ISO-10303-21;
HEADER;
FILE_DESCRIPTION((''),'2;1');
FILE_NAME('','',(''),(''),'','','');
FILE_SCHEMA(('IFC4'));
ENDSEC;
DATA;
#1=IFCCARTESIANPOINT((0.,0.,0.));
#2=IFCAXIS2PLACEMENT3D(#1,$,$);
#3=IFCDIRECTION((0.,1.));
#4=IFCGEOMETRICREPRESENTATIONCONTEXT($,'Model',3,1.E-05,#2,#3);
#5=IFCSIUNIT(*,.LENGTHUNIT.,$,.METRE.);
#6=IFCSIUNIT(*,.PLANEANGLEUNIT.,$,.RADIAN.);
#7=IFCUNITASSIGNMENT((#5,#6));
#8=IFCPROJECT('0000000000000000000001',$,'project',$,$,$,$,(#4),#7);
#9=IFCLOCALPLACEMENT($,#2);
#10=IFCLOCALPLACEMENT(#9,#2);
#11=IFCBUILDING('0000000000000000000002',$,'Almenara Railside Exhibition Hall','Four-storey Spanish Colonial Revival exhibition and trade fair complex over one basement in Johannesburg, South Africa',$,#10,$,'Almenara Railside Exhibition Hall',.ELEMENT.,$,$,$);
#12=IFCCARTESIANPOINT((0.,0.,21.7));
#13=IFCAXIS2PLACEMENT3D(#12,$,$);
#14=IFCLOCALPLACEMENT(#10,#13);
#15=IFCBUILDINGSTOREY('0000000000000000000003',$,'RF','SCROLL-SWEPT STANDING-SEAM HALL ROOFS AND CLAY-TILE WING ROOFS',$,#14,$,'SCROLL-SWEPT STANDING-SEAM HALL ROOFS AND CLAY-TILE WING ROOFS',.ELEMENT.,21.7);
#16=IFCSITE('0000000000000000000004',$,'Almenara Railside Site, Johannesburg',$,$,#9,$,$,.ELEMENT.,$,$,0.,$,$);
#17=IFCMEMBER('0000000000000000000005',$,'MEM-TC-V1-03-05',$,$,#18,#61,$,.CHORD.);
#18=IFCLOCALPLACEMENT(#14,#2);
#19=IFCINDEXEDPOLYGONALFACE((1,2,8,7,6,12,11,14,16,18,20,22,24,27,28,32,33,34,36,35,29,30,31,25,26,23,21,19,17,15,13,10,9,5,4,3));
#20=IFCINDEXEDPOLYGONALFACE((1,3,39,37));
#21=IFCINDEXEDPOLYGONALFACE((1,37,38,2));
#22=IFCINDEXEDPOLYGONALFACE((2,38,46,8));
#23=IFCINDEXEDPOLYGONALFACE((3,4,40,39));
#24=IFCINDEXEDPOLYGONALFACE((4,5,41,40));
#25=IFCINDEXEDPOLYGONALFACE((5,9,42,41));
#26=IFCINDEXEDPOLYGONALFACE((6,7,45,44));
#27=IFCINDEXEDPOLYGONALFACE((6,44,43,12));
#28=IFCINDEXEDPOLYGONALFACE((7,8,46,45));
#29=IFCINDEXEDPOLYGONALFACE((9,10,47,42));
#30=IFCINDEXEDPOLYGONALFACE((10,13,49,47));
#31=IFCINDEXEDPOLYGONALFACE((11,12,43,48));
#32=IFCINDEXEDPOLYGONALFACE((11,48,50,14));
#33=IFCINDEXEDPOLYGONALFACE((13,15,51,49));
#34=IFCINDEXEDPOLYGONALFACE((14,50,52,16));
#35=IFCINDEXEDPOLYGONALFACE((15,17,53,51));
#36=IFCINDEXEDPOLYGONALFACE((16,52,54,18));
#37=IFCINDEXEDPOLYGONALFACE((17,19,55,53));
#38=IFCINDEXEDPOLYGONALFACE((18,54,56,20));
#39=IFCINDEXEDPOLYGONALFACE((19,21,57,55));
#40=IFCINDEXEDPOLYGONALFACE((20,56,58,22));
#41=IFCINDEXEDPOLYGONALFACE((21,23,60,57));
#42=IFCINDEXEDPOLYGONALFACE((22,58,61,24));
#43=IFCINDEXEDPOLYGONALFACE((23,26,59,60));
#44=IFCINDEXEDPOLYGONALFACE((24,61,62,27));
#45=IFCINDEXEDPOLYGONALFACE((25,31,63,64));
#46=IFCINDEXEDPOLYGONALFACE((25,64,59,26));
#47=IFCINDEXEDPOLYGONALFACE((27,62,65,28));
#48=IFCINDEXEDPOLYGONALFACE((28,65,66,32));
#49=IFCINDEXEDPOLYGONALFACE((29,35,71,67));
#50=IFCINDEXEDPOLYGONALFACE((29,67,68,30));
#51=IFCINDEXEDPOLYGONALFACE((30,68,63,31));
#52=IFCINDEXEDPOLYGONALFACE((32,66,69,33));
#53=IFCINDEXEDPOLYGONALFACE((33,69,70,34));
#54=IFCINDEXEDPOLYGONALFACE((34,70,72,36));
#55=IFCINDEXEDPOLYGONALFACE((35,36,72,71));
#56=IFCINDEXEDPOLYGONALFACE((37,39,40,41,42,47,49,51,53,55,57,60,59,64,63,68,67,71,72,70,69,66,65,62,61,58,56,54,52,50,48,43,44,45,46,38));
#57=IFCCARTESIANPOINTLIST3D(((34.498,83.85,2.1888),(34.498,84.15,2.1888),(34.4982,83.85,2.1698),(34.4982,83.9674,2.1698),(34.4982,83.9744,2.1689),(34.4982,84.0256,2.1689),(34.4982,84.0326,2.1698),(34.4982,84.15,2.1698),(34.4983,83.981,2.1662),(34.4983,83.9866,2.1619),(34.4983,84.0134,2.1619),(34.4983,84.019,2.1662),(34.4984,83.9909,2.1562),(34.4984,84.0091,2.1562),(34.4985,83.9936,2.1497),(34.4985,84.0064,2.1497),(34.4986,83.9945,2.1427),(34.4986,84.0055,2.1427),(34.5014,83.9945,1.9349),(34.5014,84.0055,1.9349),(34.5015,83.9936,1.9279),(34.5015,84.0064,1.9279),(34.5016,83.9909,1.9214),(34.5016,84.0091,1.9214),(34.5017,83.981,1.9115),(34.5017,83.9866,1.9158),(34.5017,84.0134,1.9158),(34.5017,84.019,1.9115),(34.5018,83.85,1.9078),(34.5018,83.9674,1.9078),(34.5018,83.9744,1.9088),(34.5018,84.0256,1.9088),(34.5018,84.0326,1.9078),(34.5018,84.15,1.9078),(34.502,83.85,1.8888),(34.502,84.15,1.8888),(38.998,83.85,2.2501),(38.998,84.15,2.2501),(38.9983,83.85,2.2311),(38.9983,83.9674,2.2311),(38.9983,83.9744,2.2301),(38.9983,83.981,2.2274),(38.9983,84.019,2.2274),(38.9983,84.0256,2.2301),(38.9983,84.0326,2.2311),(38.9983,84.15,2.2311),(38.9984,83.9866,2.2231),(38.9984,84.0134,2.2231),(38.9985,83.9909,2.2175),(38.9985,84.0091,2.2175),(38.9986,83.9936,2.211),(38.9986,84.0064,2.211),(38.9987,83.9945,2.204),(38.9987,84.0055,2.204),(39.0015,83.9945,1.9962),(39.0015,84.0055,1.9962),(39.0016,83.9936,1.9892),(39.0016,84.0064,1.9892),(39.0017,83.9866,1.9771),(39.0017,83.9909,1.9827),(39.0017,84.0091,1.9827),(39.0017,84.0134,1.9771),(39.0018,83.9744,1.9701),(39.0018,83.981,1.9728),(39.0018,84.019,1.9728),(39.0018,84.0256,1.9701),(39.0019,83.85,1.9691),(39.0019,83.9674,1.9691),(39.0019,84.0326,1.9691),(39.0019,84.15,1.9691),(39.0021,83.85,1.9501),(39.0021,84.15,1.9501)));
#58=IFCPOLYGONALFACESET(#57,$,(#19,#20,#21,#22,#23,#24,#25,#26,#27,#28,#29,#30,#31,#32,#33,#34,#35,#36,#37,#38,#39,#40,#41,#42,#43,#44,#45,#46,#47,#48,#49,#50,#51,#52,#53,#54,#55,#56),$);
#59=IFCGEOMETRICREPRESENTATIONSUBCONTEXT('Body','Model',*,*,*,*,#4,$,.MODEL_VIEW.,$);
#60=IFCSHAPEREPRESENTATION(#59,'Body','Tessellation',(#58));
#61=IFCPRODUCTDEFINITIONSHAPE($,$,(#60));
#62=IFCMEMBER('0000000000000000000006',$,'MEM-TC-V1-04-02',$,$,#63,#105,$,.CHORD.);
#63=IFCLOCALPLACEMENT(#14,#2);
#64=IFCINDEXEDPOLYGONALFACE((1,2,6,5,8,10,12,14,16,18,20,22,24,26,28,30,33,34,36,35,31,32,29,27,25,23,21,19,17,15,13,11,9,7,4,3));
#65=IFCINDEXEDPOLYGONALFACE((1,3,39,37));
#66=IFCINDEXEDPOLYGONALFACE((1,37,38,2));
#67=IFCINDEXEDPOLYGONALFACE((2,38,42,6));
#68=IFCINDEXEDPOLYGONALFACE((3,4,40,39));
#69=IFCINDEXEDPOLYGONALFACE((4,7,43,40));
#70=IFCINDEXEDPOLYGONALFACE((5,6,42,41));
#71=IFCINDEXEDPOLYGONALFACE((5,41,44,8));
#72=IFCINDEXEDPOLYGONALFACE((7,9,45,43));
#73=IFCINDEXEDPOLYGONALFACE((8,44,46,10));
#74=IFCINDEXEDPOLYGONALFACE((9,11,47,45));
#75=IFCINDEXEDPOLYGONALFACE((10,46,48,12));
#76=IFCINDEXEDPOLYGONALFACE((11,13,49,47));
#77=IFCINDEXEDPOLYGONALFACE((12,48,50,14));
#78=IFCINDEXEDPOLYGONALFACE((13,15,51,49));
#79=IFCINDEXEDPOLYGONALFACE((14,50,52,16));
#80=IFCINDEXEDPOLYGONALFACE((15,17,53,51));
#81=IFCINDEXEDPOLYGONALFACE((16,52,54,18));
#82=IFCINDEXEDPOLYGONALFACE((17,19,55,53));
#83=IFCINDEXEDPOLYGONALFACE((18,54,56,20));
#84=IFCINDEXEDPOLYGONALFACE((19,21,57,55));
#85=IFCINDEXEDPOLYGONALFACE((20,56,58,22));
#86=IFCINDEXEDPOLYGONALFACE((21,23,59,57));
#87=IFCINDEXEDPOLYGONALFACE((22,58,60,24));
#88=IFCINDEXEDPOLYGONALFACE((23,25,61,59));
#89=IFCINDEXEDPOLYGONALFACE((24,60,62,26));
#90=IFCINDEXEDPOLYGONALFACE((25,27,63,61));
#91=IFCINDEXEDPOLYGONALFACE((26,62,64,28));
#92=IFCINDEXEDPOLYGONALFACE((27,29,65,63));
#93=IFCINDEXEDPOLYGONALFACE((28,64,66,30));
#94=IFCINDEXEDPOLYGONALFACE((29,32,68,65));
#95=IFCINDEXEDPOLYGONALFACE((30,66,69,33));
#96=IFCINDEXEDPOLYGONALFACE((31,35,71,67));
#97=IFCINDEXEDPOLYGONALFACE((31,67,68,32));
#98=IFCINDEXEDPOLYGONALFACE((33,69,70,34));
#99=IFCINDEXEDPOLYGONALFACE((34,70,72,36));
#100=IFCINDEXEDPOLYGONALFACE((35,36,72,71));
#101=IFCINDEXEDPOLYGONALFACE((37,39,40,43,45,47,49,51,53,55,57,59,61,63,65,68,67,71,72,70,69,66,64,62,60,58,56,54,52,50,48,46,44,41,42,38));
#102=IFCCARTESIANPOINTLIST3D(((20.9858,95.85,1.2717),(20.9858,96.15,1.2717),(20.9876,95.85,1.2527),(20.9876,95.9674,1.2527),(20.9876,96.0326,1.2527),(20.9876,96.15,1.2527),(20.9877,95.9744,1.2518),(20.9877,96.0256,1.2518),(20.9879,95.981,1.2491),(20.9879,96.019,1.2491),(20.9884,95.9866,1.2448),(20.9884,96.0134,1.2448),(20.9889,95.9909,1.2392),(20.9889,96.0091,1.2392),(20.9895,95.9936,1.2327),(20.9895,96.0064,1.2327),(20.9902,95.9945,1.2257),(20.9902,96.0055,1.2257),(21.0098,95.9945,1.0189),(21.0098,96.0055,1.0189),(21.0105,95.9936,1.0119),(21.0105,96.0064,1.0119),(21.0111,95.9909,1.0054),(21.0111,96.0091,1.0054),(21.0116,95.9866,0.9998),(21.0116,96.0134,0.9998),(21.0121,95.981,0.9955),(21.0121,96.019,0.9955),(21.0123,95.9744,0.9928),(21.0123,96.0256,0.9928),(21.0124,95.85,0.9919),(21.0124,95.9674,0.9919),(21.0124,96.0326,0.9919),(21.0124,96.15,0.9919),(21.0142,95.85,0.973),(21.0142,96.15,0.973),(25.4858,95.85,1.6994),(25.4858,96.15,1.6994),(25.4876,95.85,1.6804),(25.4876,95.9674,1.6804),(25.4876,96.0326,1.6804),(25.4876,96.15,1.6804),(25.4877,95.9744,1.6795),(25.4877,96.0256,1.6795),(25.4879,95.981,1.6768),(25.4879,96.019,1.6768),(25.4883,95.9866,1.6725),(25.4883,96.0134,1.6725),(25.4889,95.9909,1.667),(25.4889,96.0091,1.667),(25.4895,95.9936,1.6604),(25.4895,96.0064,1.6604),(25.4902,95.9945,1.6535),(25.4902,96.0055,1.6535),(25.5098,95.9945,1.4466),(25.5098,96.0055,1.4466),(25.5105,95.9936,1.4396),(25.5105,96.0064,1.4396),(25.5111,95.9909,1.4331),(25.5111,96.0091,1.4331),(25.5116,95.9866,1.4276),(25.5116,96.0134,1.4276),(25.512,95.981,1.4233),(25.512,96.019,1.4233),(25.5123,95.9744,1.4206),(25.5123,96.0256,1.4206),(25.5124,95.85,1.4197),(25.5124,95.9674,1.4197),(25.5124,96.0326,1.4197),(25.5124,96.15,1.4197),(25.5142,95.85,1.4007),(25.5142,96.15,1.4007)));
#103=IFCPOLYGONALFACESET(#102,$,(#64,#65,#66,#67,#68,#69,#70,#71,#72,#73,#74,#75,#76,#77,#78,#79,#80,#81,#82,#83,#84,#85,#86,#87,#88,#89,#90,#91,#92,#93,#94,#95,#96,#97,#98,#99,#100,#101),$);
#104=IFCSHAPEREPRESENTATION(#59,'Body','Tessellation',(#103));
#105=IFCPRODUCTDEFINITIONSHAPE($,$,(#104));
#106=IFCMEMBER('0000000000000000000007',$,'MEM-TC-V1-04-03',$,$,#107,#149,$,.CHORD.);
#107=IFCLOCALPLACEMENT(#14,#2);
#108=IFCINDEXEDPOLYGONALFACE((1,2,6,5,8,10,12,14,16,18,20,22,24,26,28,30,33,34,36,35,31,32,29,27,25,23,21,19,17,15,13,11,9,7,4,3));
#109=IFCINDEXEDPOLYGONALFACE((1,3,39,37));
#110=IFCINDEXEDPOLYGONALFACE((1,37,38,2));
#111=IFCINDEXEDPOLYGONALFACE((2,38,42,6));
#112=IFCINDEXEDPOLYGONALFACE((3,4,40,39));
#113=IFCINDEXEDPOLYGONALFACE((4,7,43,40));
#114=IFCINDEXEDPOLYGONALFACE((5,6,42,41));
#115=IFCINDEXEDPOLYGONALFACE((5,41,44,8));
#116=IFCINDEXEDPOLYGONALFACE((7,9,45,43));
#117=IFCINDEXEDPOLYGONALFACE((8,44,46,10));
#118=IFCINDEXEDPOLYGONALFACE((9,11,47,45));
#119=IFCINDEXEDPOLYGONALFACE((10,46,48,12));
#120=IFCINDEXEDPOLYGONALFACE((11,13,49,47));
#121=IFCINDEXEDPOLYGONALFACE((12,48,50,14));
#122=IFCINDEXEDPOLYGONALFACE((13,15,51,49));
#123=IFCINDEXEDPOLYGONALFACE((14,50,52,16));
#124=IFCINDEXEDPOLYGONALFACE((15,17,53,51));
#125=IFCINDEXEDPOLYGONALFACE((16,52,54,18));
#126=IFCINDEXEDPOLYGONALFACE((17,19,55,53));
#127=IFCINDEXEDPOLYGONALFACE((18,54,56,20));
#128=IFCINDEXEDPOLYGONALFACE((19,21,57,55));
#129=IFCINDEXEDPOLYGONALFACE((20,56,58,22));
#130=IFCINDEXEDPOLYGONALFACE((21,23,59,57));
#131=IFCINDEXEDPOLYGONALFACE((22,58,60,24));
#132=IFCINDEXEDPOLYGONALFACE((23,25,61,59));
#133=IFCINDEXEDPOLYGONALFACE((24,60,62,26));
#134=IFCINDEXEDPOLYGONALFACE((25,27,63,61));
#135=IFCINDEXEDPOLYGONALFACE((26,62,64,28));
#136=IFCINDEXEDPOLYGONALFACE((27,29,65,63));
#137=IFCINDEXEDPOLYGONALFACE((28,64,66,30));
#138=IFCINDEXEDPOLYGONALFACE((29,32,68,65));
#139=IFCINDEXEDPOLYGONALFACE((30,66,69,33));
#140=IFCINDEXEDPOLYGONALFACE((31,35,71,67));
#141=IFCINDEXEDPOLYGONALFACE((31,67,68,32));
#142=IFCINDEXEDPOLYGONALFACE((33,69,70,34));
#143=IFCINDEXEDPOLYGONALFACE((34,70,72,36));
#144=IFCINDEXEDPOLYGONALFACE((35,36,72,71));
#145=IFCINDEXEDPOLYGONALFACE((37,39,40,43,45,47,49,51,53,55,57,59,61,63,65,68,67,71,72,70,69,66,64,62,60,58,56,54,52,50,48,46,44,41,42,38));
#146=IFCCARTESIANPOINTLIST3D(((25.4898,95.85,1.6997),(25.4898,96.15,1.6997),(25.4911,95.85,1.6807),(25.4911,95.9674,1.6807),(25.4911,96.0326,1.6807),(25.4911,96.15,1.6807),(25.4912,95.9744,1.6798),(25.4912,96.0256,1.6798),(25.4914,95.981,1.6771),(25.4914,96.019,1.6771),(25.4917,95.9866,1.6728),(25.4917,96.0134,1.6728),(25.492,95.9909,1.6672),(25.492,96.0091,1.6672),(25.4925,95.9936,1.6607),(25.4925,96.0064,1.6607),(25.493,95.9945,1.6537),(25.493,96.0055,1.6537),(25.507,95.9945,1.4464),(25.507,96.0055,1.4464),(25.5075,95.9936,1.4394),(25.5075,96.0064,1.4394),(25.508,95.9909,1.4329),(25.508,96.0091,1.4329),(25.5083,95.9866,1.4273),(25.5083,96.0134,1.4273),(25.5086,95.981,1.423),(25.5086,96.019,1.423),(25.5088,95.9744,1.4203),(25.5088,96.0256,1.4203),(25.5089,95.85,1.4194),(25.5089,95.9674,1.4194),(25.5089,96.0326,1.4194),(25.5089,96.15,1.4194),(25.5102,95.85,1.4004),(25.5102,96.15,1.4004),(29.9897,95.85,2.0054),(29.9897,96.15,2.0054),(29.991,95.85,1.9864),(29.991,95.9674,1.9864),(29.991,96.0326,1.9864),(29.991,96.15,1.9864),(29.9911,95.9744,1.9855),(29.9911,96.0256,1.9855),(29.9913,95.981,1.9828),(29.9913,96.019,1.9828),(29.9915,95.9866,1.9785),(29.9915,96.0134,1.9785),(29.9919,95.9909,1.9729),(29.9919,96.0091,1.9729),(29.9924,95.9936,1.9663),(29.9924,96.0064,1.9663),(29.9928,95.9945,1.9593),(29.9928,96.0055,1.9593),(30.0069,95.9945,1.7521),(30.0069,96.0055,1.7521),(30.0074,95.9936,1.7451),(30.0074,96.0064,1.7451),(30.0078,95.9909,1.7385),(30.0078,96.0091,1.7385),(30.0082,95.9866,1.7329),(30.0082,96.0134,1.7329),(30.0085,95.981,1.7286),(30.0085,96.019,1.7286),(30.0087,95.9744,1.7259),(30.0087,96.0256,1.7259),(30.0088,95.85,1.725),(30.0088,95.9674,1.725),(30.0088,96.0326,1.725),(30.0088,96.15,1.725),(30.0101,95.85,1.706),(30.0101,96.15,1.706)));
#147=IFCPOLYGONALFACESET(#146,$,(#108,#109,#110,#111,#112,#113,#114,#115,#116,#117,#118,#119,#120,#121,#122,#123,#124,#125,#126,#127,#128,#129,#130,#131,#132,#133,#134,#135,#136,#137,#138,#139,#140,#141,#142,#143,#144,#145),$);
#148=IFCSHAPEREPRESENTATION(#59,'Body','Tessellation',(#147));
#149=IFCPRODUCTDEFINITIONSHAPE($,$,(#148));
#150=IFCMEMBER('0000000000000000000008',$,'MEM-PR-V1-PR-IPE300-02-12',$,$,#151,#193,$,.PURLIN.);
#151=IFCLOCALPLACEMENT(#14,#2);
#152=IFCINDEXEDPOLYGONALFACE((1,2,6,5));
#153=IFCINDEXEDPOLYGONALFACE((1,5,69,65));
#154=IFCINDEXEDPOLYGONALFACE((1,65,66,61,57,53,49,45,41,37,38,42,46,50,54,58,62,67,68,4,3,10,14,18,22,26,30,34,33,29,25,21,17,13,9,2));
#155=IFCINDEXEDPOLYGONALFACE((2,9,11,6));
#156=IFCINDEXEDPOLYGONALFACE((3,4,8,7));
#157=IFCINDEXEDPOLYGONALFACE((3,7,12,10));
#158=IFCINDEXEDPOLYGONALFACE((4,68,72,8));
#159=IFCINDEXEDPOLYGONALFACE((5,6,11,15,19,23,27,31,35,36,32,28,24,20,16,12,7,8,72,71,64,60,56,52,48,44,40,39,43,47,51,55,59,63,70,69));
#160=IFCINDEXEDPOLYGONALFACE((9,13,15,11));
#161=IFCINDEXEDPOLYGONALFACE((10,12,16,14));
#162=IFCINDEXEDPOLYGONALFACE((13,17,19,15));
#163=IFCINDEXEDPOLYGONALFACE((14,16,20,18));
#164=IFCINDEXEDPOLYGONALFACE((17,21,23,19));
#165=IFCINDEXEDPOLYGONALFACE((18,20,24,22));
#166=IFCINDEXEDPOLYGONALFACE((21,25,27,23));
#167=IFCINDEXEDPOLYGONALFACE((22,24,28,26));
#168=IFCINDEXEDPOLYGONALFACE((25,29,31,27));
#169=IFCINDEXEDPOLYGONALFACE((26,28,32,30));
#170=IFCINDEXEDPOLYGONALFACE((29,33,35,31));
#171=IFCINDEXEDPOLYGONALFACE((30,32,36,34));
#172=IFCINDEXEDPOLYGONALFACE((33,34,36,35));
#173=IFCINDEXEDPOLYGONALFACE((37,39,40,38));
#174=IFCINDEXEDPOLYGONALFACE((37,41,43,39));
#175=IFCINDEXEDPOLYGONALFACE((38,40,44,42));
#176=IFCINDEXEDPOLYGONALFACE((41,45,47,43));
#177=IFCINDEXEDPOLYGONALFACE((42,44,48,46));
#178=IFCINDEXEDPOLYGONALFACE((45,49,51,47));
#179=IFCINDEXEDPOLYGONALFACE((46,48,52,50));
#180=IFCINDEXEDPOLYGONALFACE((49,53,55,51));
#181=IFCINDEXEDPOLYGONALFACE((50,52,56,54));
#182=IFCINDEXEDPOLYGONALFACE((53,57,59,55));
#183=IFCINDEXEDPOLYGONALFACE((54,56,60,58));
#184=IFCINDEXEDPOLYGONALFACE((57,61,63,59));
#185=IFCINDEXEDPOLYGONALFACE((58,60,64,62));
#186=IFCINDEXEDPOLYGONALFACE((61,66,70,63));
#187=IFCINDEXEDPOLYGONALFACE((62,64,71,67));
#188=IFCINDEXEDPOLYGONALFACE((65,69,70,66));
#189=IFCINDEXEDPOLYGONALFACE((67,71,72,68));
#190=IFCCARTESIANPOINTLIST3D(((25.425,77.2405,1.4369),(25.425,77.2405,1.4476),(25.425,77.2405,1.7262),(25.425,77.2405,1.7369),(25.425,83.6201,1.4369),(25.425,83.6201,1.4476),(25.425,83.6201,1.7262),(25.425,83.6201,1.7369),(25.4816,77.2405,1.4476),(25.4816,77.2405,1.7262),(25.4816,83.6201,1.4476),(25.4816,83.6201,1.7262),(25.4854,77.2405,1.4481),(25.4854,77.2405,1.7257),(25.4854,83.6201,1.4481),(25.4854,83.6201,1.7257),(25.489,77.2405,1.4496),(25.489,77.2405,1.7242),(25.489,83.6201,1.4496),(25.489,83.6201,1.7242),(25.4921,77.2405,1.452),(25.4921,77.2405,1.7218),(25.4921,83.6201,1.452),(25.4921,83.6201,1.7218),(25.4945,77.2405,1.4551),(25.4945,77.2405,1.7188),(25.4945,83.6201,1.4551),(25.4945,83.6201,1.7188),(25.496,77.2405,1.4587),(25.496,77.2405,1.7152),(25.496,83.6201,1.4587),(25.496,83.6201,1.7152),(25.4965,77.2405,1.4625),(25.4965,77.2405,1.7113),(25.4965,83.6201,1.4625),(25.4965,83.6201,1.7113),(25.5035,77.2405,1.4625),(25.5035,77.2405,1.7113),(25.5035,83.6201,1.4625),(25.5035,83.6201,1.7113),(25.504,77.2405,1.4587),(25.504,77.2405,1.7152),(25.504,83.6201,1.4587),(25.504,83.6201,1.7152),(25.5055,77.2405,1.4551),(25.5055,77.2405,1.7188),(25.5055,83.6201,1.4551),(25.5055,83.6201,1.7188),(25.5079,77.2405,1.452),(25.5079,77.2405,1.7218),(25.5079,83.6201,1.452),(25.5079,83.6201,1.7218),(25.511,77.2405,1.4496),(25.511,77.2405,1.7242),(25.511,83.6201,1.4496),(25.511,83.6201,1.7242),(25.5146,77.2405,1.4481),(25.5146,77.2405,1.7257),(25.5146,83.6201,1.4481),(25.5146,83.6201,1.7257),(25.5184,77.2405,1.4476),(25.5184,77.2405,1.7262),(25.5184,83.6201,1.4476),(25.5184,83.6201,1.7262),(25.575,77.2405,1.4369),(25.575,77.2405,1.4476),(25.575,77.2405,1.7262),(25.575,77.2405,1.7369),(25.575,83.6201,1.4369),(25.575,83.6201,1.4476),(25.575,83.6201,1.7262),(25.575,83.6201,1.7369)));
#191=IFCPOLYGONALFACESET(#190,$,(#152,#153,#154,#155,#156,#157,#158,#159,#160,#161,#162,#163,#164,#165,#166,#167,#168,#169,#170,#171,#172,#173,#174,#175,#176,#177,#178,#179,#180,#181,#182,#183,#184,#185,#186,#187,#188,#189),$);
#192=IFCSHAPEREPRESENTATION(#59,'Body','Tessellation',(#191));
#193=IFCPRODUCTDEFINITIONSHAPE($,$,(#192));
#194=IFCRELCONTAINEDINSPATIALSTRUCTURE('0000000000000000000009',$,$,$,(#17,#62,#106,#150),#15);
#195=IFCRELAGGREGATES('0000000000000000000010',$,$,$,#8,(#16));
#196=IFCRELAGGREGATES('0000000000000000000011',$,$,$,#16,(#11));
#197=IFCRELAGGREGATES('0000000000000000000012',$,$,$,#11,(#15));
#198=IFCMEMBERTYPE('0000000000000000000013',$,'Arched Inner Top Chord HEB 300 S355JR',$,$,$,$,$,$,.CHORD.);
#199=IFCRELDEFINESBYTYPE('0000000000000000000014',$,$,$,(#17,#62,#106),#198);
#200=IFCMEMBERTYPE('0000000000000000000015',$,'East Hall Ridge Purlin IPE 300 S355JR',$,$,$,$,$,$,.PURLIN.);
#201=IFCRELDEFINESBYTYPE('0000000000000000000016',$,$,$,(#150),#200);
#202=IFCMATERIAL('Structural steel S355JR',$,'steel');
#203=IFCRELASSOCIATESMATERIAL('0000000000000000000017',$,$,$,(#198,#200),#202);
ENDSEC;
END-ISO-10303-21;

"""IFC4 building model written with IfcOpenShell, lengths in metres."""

from ifc_helpers import new_model, si_unit, direction, frame, origin, origin_2d, place, context, subcontext, project, spatial, i_section, extrude, material, material_profile, profile_set, type_object, element, save


model = new_model("IFC4")

# Units and contexts
model_context = context("Model", 3, precision=1e-05, world=origin(), true_north=direction((0.0, 1.0)))
body_context = subcontext(model_context, "Body", "Model", "MODEL_VIEW")
ifc_project = project(units=[si_unit("LENGTHUNIT", "METRE"), si_unit("PLANEANGLEUNIT", "RADIAN")], contexts=[model_context])

# Site, building, storey
site_placement = place(None, origin())
site = spatial("IfcSite", under=ifc_project, at=site_placement, Name="Almenara Railside Site, Johannesburg", CompositionType="ELEMENT", RefElevation=0.0)
building_placement = place(site_placement, origin())
building = spatial("IfcBuilding", under=site, at=building_placement, Name="Almenara Railside Exhibition Hall", Description="Four-storey Spanish Colonial Revival exhibition and trade fair complex over one basement in Johannesburg, South Africa", LongName="Almenara Railside Exhibition Hall", CompositionType="ELEMENT")
storey_placement = place(building_placement, frame((0.0, 0.0, 21.7)))
storey = spatial("IfcBuildingStorey", under=building, at=storey_placement, Name="RF", Description="SCROLL-SWEPT STANDING-SEAM HALL ROOFS AND CLAY-TILE WING ROOFS", LongName="SCROLL-SWEPT STANDING-SEAM HALL ROOFS AND CLAY-TILE WING ROOFS", CompositionType="ELEMENT", Elevation=21.7)

# Members
ifc_material_1 = material(Name="Structural steel S355JR", Category="steel")
ifc_material_profile_1 = material_profile(ifc_material_1, i_section(OverallWidth=0.3, OverallDepth=0.3, WebThickness=0.011, FlangeThickness=0.019, FilletRadius=0.0271, at=origin_2d()), Name="HEB 300")
ifc_profile_set_1 = profile_set([ifc_material_profile_1], Name="Structural steel S355JR")
member_type_1 = type_object("IfcMemberType", Name="Arched Inner Top Chord HEB 300 S355JR", PredefinedType="CHORD", material=ifc_profile_set_1)
member_1_placement = place(storey_placement, frame((34.5, 84.0, 2.0388), z_axis=(0.999907, 0.0, 0.013616), x_axis=(0.0, 1.0, 0.0)))
element("IfcMember", 1, at=member_1_placement, inside=storey, type_object=member_type_1, Name="MEM-TC-V1-03-05", PredefinedType="CHORD", context=body_context, shape_type="SweptSolid", body=[
    extrude(i_section(OverallWidth=0.3, OverallDepth=0.3, WebThickness=0.011, FlangeThickness=0.019, FilletRadius=0.0271, at=origin_2d()), origin(), (0.0, 0.0, 1.0), 4.5005),
])
member_2_placement = place(storey_placement, frame((21.0, 96.0, 1.1223), z_axis=(0.995513, 0.0, 0.094626), x_axis=(0.0, 1.0, 0.0)))
element("IfcMember", 2, at=member_2_placement, inside=storey, type_object=member_type_1, Name="MEM-TC-V1-04-02", PredefinedType="CHORD", context=body_context, shape_type="SweptSolid", body=[
    extrude(i_section(OverallWidth=0.3, OverallDepth=0.3, WebThickness=0.011, FlangeThickness=0.019, FilletRadius=0.0271, at=origin_2d()), origin(), (0.0, 0.0, 1.0), 4.5203),
])
member_3_placement = place(storey_placement, frame((25.5, 96.0, 1.55), z_axis=(0.997701, 0.0, 0.067769), x_axis=(0.0, 1.0, 0.0)))
element("IfcMember", 3, at=member_3_placement, inside=storey, type_object=member_type_1, Name="MEM-TC-V1-04-03", PredefinedType="CHORD", context=body_context, shape_type="SweptSolid", body=[
    extrude(i_section(OverallWidth=0.3, OverallDepth=0.3, WebThickness=0.011, FlangeThickness=0.019, FilletRadius=0.0271, at=origin_2d()), origin(), (0.0, 0.0, 1.0), 4.5103),
])
ifc_material_profile_2 = material_profile(ifc_material_1, i_section(OverallWidth=0.1499, OverallDepth=0.3, WebThickness=0.0071, FlangeThickness=0.0107, FilletRadius=0.0149, at=origin_2d()), Name="IPE 300")
ifc_profile_set_2 = profile_set([ifc_material_profile_2], Name="Structural steel S355JR")
member_type_2 = type_object("IfcMemberType", Name="East Hall Ridge Purlin IPE 300 S355JR", PredefinedType="PURLIN", material=ifc_profile_set_2)
member_4_placement = place(storey_placement, frame((25.5, 77.2405, 1.5869), z_axis=(0.0, 1.0, 0.0), x_axis=(-1.0, 0.0, 0.0)))
element("IfcMember", 4, at=member_4_placement, inside=storey, type_object=member_type_2, Name="MEM-PR-V1-PR-IPE300-02-12", PredefinedType="PURLIN", context=body_context, shape_type="SweptSolid", body=[
    extrude(i_section(OverallWidth=0.1499, OverallDepth=0.3, WebThickness=0.0071, FlangeThickness=0.0107, FilletRadius=0.0149, at=origin_2d()), origin(), (0.0, 0.0, 1.0), 6.3796),
])

save(model, "model.ifc")
